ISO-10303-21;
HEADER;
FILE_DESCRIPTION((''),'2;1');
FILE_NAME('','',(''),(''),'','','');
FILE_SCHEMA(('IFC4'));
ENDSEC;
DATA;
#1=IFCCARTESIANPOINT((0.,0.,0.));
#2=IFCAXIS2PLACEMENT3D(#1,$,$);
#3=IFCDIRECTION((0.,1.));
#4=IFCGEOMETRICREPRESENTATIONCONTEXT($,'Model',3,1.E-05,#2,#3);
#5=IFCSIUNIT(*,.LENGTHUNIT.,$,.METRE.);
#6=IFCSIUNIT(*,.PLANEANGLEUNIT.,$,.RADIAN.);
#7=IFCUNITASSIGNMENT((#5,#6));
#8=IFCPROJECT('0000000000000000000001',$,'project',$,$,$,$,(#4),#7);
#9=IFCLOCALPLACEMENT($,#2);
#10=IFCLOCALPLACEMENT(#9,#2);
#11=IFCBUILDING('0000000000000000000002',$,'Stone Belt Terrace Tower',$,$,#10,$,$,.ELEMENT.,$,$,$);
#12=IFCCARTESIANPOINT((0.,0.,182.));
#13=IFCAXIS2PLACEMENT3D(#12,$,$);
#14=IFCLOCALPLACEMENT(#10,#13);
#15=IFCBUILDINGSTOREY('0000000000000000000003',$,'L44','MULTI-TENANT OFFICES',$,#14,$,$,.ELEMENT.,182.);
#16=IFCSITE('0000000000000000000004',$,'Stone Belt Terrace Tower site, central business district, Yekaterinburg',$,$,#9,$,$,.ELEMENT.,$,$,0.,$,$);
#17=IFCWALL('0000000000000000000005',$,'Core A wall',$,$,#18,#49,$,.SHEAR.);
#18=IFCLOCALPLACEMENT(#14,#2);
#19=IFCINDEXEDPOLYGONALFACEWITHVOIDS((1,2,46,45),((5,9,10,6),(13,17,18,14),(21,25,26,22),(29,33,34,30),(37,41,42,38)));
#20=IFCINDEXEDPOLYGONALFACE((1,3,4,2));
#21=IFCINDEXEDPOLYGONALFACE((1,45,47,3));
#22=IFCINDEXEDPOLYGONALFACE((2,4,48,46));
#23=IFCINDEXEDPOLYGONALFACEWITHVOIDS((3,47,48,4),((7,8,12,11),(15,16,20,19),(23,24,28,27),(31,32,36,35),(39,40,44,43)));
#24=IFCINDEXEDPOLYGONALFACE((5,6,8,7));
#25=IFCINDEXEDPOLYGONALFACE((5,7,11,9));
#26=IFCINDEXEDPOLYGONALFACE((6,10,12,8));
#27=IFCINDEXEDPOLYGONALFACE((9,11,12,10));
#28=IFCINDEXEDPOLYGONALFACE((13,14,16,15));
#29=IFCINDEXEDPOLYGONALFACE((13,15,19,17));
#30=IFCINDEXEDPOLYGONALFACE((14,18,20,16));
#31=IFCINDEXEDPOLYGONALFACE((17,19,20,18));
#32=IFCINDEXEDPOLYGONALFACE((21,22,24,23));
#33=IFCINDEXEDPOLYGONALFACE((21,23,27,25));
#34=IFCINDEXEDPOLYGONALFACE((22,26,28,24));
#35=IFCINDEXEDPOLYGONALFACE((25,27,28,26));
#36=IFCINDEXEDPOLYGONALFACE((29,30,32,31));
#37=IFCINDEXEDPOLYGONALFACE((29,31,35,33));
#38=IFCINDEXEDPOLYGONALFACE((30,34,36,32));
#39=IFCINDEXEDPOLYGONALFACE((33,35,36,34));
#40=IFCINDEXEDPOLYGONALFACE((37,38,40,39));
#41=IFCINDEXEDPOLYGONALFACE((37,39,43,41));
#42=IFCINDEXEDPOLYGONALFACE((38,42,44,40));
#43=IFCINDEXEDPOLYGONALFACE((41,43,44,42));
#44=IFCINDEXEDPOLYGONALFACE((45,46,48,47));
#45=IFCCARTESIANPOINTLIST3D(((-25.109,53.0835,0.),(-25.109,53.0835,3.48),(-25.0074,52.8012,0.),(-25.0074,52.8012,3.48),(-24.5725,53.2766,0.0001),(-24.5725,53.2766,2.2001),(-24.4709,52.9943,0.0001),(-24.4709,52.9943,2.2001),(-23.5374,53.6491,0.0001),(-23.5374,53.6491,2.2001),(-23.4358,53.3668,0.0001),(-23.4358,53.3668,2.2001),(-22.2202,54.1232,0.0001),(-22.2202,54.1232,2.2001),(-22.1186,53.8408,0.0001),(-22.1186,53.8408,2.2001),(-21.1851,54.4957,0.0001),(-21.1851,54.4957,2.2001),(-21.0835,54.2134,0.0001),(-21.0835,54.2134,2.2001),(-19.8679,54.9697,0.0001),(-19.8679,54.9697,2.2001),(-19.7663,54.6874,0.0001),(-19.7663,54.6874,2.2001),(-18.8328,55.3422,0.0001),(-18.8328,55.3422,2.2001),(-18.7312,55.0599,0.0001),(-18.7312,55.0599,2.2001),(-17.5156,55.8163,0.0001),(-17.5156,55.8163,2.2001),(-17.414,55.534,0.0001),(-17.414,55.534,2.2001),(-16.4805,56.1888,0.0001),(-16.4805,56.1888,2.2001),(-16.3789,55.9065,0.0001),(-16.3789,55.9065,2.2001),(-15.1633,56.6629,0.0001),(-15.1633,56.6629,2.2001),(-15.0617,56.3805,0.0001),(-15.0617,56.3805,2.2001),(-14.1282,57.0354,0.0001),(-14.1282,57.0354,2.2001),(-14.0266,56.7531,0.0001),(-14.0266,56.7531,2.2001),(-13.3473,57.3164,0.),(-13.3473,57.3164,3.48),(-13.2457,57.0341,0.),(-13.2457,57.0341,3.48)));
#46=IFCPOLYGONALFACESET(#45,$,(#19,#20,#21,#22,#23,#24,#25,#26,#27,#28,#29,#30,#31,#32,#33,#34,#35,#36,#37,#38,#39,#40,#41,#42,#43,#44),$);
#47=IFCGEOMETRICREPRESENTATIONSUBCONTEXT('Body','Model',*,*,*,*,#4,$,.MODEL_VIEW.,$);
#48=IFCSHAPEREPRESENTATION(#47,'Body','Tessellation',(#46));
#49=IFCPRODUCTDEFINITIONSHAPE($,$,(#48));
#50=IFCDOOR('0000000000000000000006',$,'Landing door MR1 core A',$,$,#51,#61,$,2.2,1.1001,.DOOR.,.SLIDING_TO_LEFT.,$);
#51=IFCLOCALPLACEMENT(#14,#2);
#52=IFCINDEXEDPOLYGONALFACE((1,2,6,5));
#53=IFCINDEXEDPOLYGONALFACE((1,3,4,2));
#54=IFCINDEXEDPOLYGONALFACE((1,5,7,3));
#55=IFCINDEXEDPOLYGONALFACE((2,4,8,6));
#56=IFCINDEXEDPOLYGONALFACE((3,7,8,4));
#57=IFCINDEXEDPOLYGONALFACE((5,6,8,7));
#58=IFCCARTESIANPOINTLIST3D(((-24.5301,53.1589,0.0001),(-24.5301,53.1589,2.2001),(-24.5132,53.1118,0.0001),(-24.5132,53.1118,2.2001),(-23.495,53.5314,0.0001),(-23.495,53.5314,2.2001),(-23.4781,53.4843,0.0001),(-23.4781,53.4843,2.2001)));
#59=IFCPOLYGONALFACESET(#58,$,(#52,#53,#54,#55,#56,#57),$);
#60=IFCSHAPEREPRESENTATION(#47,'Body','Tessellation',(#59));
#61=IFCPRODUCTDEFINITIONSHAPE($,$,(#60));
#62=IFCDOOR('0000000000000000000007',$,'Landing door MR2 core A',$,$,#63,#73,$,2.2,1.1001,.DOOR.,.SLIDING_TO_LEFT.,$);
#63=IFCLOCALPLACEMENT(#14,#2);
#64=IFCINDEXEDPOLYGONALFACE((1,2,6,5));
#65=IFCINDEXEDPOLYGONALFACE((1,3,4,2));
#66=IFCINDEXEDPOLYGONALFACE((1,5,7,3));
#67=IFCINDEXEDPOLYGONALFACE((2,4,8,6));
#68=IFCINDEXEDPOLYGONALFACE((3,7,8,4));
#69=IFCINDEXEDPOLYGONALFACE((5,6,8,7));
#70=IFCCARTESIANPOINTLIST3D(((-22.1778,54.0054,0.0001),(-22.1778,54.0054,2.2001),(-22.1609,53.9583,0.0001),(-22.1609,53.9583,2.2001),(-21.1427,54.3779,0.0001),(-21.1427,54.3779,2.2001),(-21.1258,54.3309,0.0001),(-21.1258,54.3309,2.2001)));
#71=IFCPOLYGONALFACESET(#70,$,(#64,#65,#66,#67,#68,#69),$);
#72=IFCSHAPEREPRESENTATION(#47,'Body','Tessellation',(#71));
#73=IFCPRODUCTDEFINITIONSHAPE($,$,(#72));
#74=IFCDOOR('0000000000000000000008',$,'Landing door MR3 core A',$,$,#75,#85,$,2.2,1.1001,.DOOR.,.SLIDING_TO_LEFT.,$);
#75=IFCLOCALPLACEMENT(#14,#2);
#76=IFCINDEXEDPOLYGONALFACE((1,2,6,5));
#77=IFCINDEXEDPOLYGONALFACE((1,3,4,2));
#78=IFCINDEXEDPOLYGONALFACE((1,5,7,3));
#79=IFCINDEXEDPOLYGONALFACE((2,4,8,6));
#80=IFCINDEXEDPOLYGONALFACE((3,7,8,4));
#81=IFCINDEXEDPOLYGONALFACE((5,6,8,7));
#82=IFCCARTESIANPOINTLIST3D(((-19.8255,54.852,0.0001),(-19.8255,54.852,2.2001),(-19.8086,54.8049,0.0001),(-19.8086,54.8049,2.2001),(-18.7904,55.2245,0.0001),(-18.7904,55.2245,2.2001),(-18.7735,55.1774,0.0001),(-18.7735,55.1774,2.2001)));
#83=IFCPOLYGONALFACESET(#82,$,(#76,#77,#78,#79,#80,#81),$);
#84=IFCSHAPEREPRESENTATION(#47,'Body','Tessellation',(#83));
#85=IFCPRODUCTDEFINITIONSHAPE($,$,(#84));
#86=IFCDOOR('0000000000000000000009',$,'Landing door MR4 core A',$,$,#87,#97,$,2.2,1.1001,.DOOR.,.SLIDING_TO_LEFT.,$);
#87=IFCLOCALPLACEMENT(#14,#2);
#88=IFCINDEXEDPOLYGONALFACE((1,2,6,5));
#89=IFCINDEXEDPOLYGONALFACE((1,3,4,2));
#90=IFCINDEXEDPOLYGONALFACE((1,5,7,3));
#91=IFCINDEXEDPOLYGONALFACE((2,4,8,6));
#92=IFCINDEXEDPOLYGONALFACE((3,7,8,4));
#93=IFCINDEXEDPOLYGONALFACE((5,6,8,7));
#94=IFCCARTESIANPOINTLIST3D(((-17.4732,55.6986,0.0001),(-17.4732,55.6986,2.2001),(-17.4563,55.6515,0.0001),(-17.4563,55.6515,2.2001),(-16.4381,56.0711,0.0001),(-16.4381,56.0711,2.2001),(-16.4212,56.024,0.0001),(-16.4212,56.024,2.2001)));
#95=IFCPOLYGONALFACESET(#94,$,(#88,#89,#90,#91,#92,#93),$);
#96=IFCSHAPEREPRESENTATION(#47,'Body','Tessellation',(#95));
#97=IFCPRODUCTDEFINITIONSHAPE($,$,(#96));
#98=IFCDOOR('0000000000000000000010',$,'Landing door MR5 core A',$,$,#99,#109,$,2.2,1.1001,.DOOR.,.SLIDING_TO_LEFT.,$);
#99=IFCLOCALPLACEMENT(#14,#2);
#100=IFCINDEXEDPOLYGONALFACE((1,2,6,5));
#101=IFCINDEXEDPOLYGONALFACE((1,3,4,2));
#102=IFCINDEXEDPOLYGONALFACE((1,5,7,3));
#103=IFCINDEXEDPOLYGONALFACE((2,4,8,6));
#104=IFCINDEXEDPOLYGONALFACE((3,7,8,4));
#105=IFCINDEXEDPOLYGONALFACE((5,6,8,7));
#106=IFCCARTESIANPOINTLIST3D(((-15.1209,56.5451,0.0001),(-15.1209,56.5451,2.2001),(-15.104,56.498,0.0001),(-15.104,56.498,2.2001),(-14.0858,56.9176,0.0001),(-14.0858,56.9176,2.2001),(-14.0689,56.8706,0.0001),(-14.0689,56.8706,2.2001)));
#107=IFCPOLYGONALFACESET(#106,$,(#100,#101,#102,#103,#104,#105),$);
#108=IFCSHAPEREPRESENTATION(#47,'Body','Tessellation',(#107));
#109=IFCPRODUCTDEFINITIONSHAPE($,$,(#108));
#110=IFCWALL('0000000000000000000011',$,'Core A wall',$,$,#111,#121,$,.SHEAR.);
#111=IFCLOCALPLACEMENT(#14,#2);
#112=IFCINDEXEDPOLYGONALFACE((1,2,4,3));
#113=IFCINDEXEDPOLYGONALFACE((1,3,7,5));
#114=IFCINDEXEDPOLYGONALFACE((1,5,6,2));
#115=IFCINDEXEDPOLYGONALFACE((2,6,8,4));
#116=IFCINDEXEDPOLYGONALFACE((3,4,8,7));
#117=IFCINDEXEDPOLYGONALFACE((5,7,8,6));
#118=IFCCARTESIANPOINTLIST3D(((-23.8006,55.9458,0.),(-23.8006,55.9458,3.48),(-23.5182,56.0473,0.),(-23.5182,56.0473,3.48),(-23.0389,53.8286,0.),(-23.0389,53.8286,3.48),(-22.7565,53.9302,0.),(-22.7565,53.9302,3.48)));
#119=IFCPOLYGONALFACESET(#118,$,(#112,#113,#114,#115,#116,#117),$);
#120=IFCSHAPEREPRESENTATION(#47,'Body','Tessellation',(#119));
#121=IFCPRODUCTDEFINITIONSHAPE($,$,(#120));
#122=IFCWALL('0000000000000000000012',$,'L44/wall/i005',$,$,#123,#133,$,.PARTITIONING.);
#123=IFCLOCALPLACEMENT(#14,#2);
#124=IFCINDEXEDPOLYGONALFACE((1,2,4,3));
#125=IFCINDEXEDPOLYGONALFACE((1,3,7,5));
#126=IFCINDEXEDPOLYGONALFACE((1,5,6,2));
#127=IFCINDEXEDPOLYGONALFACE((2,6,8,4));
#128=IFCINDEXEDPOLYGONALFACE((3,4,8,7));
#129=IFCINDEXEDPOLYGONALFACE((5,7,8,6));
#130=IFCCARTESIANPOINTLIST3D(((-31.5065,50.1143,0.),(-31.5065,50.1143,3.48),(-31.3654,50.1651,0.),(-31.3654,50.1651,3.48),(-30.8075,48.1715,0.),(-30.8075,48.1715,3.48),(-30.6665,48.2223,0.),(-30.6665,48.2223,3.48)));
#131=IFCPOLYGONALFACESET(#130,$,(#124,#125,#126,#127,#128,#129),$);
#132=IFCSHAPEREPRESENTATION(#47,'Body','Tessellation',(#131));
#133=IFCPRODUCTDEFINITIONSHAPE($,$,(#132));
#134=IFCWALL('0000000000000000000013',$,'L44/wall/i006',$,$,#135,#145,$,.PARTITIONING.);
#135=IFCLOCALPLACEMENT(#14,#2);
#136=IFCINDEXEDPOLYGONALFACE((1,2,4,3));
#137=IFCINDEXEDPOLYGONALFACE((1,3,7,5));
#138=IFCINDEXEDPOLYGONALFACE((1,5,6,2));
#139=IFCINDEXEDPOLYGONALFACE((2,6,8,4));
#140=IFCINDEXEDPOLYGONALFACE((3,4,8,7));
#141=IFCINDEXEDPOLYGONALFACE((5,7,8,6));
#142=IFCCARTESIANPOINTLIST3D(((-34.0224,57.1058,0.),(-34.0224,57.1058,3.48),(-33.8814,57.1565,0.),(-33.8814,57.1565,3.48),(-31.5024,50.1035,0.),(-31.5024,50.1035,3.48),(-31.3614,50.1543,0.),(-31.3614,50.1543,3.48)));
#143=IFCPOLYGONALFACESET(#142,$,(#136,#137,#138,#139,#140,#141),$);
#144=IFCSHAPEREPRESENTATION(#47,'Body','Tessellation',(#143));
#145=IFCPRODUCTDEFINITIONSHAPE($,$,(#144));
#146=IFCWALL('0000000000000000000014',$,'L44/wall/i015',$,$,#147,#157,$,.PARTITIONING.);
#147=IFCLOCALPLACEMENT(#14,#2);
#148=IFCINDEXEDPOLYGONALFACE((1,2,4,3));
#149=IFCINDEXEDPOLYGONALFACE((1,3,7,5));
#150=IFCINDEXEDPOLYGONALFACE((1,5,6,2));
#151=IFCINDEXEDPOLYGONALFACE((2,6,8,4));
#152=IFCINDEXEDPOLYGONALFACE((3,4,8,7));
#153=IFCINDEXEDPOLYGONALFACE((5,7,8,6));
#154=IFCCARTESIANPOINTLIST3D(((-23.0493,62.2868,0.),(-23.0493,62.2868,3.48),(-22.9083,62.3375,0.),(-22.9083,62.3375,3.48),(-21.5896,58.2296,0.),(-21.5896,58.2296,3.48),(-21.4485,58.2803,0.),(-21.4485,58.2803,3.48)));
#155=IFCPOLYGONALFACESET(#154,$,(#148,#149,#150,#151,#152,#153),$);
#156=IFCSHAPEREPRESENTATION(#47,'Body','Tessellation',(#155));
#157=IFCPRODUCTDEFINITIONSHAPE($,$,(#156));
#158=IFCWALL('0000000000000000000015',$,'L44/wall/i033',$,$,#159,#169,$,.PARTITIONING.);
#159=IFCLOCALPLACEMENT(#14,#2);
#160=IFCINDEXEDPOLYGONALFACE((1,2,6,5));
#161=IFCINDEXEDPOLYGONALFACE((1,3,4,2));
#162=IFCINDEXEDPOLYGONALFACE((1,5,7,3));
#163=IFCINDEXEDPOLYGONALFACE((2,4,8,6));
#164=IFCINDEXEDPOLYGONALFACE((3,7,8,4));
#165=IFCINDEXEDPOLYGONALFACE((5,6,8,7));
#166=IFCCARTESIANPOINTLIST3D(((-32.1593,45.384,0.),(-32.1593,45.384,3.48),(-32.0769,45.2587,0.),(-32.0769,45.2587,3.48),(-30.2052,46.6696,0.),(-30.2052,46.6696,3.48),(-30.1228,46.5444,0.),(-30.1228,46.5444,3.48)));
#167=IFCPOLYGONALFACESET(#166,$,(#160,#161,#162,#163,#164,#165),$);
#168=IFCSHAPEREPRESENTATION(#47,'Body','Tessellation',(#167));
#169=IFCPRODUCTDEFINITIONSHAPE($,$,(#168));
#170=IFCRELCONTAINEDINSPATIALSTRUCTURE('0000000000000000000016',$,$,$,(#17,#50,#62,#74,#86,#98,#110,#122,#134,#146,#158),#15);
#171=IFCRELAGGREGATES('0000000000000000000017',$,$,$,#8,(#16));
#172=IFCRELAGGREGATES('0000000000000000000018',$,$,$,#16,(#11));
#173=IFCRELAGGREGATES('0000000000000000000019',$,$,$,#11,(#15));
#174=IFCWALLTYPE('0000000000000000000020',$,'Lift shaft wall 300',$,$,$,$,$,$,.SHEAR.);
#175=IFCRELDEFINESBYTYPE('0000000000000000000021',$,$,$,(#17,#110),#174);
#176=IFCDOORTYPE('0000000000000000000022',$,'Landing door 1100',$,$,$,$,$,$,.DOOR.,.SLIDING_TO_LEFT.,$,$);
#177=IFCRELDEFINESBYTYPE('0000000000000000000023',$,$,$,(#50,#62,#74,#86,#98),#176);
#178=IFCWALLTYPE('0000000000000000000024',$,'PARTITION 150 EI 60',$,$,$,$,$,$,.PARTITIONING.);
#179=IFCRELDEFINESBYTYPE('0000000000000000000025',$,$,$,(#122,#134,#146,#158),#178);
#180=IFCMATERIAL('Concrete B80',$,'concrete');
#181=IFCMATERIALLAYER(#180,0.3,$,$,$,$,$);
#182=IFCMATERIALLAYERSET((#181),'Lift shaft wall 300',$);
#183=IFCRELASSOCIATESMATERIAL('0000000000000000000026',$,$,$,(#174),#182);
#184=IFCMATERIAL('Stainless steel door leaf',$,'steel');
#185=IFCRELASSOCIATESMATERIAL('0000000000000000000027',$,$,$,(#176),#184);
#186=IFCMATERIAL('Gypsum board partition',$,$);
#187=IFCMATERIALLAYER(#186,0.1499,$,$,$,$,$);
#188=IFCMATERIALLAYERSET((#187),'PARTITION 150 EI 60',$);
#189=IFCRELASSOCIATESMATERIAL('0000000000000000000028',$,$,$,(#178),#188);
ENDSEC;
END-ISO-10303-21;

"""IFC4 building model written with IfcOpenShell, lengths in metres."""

from ifc_helpers import new_model, si_unit, direction, frame, frame_2d, origin, place, context, subcontext, project, spatial, rectangle, extrude, material, layer, layer_set, type_object, element, fill, save


model = new_model("IFC4")

# Units and contexts
model_context = context("Model", 3, precision=1e-05, world=origin(), true_north=direction((0.0, 1.0)))
body_context = subcontext(model_context, "Body", "Model", "MODEL_VIEW")
ifc_project = project(units=[si_unit("LENGTHUNIT", "METRE"), si_unit("PLANEANGLEUNIT", "RADIAN")], contexts=[model_context])

# Site, building, storey
site_placement = place(None, origin())
site = spatial("IfcSite", under=ifc_project, at=site_placement, Name="Stone Belt Terrace Tower site, central business district, Yekaterinburg", CompositionType="ELEMENT", RefElevation=0.0)
building_placement = place(site_placement, origin())
building = spatial("IfcBuilding", under=site, at=building_placement, Name="Stone Belt Terrace Tower", CompositionType="ELEMENT")
storey_placement = place(building_placement, frame((0.0, 0.0, 182.0)))
storey = spatial("IfcBuildingStorey", under=building, at=storey_placement, Name="L44", Description="MULTI-TENANT OFFICES", CompositionType="ELEMENT", Elevation=182.0)

# Shared definitions
ifc_material_1 = material(Name="Concrete B80", Category="concrete")

# Shared definitions
ifc_layer_1 = layer(ifc_material_1, 0.3)
ifc_layer_set_1 = layer_set([ifc_layer_1], Name="Lift shaft wall 300")
wall_type_1 = type_object("IfcWallType", Name="Lift shaft wall 300", PredefinedType="SHEAR", material=ifc_layer_set_1)
ifc_material_2 = material(Name="Stainless steel door leaf", Category="steel")

# Wall, openings, doors
wall_1_placement = place(storey_placement, frame((-25.0581, 52.9424, 0.0), z_axis=(0.0, 0.0, 1.0), x_axis=(0.940921, 0.338627, 0.0)))
wall_1 = element("IfcWall", 1, at=wall_1_placement, inside=storey, type_object=wall_type_1, Name="Core A wall", PredefinedType="SHEAR", context=body_context, shape_type="SweptSolid", body=[
    extrude(rectangle(XDim=12.5002, YDim=0.3, at=frame_2d((6.25, 0.0))), origin(), (0.0, 0.0, 1.0), 3.48),
])
opening_1_placement = place(wall_1_placement, frame((0.5701, 0.0, 0.0)))
opening_1 = element("IfcOpeningElement", 2, at=opening_1_placement, cuts=wall_1, PredefinedType="OPENING", context=body_context, shape_type="SweptSolid", body=[
    extrude(rectangle(XDim=1.1001, YDim=2.2, at=frame_2d((0.55, 1.1001))), frame((0.0, 0.1599, 0.0), z_axis=(0.0, -1.0, 0.0), x_axis=(1.0, 0.0, 0.0)), (0.0, 0.0, 1.0), 0.3201),
])
opening_2_placement = place(wall_1_placement, frame((3.0701, 0.0, 0.0)))
opening_2 = element("IfcOpeningElement", 3, at=opening_2_placement, cuts=wall_1, PredefinedType="OPENING", context=body_context, shape_type="SweptSolid", body=[
    extrude(rectangle(XDim=1.1001, YDim=2.2, at=frame_2d((0.55, 1.1001))), frame((0.0, 0.1599, 0.0), z_axis=(0.0, -1.0, 0.0), x_axis=(1.0, 0.0, 0.0)), (0.0, 0.0, 1.0), 0.3201),
])
opening_3_placement = place(wall_1_placement, frame((5.5701, 0.0, 0.0)))
opening_3 = element("IfcOpeningElement", 4, at=opening_3_placement, cuts=wall_1, PredefinedType="OPENING", context=body_context, shape_type="SweptSolid", body=[
    extrude(rectangle(XDim=1.1001, YDim=2.2, at=frame_2d((0.55, 1.1001))), frame((0.0, 0.1599, 0.0), z_axis=(0.0, -1.0, 0.0), x_axis=(1.0, 0.0, 0.0)), (0.0, 0.0, 1.0), 0.3201),
])
opening_4_placement = place(wall_1_placement, frame((8.0701, 0.0, 0.0)))
opening_4 = element("IfcOpeningElement", 5, at=opening_4_placement, cuts=wall_1, PredefinedType="OPENING", context=body_context, shape_type="SweptSolid", body=[
    extrude(rectangle(XDim=1.1001, YDim=2.2, at=frame_2d((0.55, 1.1001))), frame((0.0, 0.1599, 0.0), z_axis=(0.0, -1.0, 0.0), x_axis=(1.0, 0.0, 0.0)), (0.0, 0.0, 1.0), 0.3201),
])
opening_5_placement = place(wall_1_placement, frame((10.5701, 0.0, 0.0)))
opening_5 = element("IfcOpeningElement", 6, at=opening_5_placement, cuts=wall_1, PredefinedType="OPENING", context=body_context, shape_type="SweptSolid", body=[
    extrude(rectangle(XDim=1.1001, YDim=2.2, at=frame_2d((0.55, 1.1001))), frame((0.0, 0.1599, 0.0), z_axis=(0.0, -1.0, 0.0), x_axis=(1.0, 0.0, 0.0)), (0.0, 0.0, 1.0), 0.3201),
])
door_type_1 = type_object("IfcDoorType", Name="Landing door 1100", OperationType="SLIDING_TO_LEFT", PredefinedType="DOOR", material=ifc_material_2)
door_1_placement = place(opening_1_placement, origin())
door_1 = element("IfcDoor", 7, at=door_1_placement, inside=storey, type_object=door_type_1, Name="Landing door MR1 core A", OperationType="SLIDING_TO_LEFT", OverallHeight=2.2, OverallWidth=1.1001, PredefinedType="DOOR", context=body_context, shape_type="SweptSolid", body=[
    extrude(rectangle(XDim=1.1001, YDim=2.2, at=frame_2d((0.55, 1.1001))), frame((0.0, 0.0249, 0.0), z_axis=(0.0, -1.0, 0.0), x_axis=(1.0, 0.0, 0.0)), (0.0, 0.0, 1.0), 0.05),
])
fill(opening_1, door_1)
door_2_placement = place(opening_2_placement, origin())
door_2 = element("IfcDoor", 8, at=door_2_placement, inside=storey, type_object=door_type_1, Name="Landing door MR2 core A", OperationType="SLIDING_TO_LEFT", OverallHeight=2.2, OverallWidth=1.1001, PredefinedType="DOOR", context=body_context, shape_type="SweptSolid", body=[
    extrude(rectangle(XDim=1.1001, YDim=2.2, at=frame_2d((0.55, 1.1001))), frame((0.0, 0.0249, 0.0), z_axis=(0.0, -1.0, 0.0), x_axis=(1.0, 0.0, 0.0)), (0.0, 0.0, 1.0), 0.05),
])
fill(opening_2, door_2)
door_3_placement = place(opening_3_placement, origin())
door_3 = element("IfcDoor", 9, at=door_3_placement, inside=storey, type_object=door_type_1, Name="Landing door MR3 core A", OperationType="SLIDING_TO_LEFT", OverallHeight=2.2, OverallWidth=1.1001, PredefinedType="DOOR", context=body_context, shape_type="SweptSolid", body=[
    extrude(rectangle(XDim=1.1001, YDim=2.2, at=frame_2d((0.55, 1.1001))), frame((0.0, 0.0249, 0.0), z_axis=(0.0, -1.0, 0.0), x_axis=(1.0, 0.0, 0.0)), (0.0, 0.0, 1.0), 0.05),
])
fill(opening_3, door_3)
door_4_placement = place(opening_4_placement, origin())
door_4 = element("IfcDoor", 10, at=door_4_placement, inside=storey, type_object=door_type_1, Name="Landing door MR4 core A", OperationType="SLIDING_TO_LEFT", OverallHeight=2.2, OverallWidth=1.1001, PredefinedType="DOOR", context=body_context, shape_type="SweptSolid", body=[
    extrude(rectangle(XDim=1.1001, YDim=2.2, at=frame_2d((0.55, 1.1001))), frame((0.0, 0.0249, 0.0), z_axis=(0.0, -1.0, 0.0), x_axis=(1.0, 0.0, 0.0)), (0.0, 0.0, 1.0), 0.05),
])
fill(opening_4, door_4)
door_5_placement = place(opening_5_placement, origin())
door_5 = element("IfcDoor", 11, at=door_5_placement, inside=storey, type_object=door_type_1, Name="Landing door MR5 core A", OperationType="SLIDING_TO_LEFT", OverallHeight=2.2, OverallWidth=1.1001, PredefinedType="DOOR", context=body_context, shape_type="SweptSolid", body=[
    extrude(rectangle(XDim=1.1001, YDim=2.2, at=frame_2d((0.55, 1.1001))), frame((0.0, 0.0249, 0.0), z_axis=(0.0, -1.0, 0.0), x_axis=(1.0, 0.0, 0.0)), (0.0, 0.0, 1.0), 0.05),
])
fill(opening_5, door_5)

# Walls
wall_2_placement = place(storey_placement, frame((-22.8977, 53.8794, 0.0), z_axis=(0.0, 0.0, 1.0), x_axis=(-0.338535, 0.940954, 0.0)))
element("IfcWall", 12, at=wall_2_placement, inside=storey, type_object=wall_type_1, Name="Core A wall", PredefinedType="SHEAR", context=body_context, shape_type="SweptSolid", body=[
    extrude(rectangle(XDim=2.25, YDim=0.3, at=frame_2d((1.125, 0.0))), origin(), (0.0, 0.0, 1.0), 3.48),
])
ifc_material_3 = material(Name="Gypsum board partition")
ifc_layer_2 = layer(ifc_material_3, 0.1499)
ifc_layer_set_2 = layer_set([ifc_layer_2], Name="PARTITION 150 EI 60")
wall_type_2 = type_object("IfcWallType", Name="PARTITION 150 EI 60", PredefinedType="PARTITIONING", material=ifc_layer_set_2)
wall_3_placement = place(storey_placement, frame((-30.7371, 48.197, 0.0), z_axis=(0.0, 0.0, 1.0), x_axis=(-0.338523, 0.940958, 0.0)))
element("IfcWall", 13, at=wall_3_placement, inside=storey, type_object=wall_type_2, Name="L44/wall/i005", PredefinedType="PARTITIONING", context=body_context, shape_type="SweptSolid", body=[
    extrude(rectangle(XDim=2.0647, YDim=0.1499, at=frame_2d((1.0322, 0.0))), origin(), (0.0, 0.0, 1.0), 3.48),
])
wall_4_placement = place(storey_placement, frame((-31.4319, 50.1289, 0.0), z_axis=(0.0, 0.0, 1.0), x_axis=(-0.338628, 0.94092, 0.0)))
element("IfcWall", 14, at=wall_4_placement, inside=storey, type_object=wall_type_2, Name="L44/wall/i006", PredefinedType="PARTITIONING", context=body_context, shape_type="SweptSolid", body=[
    extrude(rectangle(XDim=7.4419, YDim=0.1499, at=frame_2d((3.7209, 0.0))), origin(), (0.0, 0.0, 1.0), 3.48),
])
wall_5_placement = place(storey_placement, frame((-22.9788, 62.312, 0.0), z_axis=(0.0, 0.0, 1.0), x_axis=(0.338545, -0.94095, 0.0)))
element("IfcWall", 15, at=wall_5_placement, inside=storey, type_object=wall_type_2, Name="L44/wall/i015", PredefinedType="PARTITIONING", context=body_context, shape_type="SweptSolid", body=[
    extrude(rectangle(XDim=4.3118, YDim=0.1499, at=frame_2d((2.1558, 0.0))), origin(), (0.0, 0.0, 1.0), 3.48),
])
wall_6_placement = place(storey_placement, frame((-30.1641, 46.6069, 0.0), z_axis=(0.0, 0.0, 1.0), x_axis=(-0.835407, -0.549632, 0.0)))
element("IfcWall", 16, at=wall_6_placement, inside=storey, type_object=wall_type_2, Name="L44/wall/i033", PredefinedType="PARTITIONING", context=body_context, shape_type="SweptSolid", body=[
    extrude(rectangle(XDim=2.3391, YDim=0.1499, at=frame_2d((1.1694, 0.0))), origin(), (0.0, 0.0, 1.0), 3.48),
])

save(model, "model.ifc")
